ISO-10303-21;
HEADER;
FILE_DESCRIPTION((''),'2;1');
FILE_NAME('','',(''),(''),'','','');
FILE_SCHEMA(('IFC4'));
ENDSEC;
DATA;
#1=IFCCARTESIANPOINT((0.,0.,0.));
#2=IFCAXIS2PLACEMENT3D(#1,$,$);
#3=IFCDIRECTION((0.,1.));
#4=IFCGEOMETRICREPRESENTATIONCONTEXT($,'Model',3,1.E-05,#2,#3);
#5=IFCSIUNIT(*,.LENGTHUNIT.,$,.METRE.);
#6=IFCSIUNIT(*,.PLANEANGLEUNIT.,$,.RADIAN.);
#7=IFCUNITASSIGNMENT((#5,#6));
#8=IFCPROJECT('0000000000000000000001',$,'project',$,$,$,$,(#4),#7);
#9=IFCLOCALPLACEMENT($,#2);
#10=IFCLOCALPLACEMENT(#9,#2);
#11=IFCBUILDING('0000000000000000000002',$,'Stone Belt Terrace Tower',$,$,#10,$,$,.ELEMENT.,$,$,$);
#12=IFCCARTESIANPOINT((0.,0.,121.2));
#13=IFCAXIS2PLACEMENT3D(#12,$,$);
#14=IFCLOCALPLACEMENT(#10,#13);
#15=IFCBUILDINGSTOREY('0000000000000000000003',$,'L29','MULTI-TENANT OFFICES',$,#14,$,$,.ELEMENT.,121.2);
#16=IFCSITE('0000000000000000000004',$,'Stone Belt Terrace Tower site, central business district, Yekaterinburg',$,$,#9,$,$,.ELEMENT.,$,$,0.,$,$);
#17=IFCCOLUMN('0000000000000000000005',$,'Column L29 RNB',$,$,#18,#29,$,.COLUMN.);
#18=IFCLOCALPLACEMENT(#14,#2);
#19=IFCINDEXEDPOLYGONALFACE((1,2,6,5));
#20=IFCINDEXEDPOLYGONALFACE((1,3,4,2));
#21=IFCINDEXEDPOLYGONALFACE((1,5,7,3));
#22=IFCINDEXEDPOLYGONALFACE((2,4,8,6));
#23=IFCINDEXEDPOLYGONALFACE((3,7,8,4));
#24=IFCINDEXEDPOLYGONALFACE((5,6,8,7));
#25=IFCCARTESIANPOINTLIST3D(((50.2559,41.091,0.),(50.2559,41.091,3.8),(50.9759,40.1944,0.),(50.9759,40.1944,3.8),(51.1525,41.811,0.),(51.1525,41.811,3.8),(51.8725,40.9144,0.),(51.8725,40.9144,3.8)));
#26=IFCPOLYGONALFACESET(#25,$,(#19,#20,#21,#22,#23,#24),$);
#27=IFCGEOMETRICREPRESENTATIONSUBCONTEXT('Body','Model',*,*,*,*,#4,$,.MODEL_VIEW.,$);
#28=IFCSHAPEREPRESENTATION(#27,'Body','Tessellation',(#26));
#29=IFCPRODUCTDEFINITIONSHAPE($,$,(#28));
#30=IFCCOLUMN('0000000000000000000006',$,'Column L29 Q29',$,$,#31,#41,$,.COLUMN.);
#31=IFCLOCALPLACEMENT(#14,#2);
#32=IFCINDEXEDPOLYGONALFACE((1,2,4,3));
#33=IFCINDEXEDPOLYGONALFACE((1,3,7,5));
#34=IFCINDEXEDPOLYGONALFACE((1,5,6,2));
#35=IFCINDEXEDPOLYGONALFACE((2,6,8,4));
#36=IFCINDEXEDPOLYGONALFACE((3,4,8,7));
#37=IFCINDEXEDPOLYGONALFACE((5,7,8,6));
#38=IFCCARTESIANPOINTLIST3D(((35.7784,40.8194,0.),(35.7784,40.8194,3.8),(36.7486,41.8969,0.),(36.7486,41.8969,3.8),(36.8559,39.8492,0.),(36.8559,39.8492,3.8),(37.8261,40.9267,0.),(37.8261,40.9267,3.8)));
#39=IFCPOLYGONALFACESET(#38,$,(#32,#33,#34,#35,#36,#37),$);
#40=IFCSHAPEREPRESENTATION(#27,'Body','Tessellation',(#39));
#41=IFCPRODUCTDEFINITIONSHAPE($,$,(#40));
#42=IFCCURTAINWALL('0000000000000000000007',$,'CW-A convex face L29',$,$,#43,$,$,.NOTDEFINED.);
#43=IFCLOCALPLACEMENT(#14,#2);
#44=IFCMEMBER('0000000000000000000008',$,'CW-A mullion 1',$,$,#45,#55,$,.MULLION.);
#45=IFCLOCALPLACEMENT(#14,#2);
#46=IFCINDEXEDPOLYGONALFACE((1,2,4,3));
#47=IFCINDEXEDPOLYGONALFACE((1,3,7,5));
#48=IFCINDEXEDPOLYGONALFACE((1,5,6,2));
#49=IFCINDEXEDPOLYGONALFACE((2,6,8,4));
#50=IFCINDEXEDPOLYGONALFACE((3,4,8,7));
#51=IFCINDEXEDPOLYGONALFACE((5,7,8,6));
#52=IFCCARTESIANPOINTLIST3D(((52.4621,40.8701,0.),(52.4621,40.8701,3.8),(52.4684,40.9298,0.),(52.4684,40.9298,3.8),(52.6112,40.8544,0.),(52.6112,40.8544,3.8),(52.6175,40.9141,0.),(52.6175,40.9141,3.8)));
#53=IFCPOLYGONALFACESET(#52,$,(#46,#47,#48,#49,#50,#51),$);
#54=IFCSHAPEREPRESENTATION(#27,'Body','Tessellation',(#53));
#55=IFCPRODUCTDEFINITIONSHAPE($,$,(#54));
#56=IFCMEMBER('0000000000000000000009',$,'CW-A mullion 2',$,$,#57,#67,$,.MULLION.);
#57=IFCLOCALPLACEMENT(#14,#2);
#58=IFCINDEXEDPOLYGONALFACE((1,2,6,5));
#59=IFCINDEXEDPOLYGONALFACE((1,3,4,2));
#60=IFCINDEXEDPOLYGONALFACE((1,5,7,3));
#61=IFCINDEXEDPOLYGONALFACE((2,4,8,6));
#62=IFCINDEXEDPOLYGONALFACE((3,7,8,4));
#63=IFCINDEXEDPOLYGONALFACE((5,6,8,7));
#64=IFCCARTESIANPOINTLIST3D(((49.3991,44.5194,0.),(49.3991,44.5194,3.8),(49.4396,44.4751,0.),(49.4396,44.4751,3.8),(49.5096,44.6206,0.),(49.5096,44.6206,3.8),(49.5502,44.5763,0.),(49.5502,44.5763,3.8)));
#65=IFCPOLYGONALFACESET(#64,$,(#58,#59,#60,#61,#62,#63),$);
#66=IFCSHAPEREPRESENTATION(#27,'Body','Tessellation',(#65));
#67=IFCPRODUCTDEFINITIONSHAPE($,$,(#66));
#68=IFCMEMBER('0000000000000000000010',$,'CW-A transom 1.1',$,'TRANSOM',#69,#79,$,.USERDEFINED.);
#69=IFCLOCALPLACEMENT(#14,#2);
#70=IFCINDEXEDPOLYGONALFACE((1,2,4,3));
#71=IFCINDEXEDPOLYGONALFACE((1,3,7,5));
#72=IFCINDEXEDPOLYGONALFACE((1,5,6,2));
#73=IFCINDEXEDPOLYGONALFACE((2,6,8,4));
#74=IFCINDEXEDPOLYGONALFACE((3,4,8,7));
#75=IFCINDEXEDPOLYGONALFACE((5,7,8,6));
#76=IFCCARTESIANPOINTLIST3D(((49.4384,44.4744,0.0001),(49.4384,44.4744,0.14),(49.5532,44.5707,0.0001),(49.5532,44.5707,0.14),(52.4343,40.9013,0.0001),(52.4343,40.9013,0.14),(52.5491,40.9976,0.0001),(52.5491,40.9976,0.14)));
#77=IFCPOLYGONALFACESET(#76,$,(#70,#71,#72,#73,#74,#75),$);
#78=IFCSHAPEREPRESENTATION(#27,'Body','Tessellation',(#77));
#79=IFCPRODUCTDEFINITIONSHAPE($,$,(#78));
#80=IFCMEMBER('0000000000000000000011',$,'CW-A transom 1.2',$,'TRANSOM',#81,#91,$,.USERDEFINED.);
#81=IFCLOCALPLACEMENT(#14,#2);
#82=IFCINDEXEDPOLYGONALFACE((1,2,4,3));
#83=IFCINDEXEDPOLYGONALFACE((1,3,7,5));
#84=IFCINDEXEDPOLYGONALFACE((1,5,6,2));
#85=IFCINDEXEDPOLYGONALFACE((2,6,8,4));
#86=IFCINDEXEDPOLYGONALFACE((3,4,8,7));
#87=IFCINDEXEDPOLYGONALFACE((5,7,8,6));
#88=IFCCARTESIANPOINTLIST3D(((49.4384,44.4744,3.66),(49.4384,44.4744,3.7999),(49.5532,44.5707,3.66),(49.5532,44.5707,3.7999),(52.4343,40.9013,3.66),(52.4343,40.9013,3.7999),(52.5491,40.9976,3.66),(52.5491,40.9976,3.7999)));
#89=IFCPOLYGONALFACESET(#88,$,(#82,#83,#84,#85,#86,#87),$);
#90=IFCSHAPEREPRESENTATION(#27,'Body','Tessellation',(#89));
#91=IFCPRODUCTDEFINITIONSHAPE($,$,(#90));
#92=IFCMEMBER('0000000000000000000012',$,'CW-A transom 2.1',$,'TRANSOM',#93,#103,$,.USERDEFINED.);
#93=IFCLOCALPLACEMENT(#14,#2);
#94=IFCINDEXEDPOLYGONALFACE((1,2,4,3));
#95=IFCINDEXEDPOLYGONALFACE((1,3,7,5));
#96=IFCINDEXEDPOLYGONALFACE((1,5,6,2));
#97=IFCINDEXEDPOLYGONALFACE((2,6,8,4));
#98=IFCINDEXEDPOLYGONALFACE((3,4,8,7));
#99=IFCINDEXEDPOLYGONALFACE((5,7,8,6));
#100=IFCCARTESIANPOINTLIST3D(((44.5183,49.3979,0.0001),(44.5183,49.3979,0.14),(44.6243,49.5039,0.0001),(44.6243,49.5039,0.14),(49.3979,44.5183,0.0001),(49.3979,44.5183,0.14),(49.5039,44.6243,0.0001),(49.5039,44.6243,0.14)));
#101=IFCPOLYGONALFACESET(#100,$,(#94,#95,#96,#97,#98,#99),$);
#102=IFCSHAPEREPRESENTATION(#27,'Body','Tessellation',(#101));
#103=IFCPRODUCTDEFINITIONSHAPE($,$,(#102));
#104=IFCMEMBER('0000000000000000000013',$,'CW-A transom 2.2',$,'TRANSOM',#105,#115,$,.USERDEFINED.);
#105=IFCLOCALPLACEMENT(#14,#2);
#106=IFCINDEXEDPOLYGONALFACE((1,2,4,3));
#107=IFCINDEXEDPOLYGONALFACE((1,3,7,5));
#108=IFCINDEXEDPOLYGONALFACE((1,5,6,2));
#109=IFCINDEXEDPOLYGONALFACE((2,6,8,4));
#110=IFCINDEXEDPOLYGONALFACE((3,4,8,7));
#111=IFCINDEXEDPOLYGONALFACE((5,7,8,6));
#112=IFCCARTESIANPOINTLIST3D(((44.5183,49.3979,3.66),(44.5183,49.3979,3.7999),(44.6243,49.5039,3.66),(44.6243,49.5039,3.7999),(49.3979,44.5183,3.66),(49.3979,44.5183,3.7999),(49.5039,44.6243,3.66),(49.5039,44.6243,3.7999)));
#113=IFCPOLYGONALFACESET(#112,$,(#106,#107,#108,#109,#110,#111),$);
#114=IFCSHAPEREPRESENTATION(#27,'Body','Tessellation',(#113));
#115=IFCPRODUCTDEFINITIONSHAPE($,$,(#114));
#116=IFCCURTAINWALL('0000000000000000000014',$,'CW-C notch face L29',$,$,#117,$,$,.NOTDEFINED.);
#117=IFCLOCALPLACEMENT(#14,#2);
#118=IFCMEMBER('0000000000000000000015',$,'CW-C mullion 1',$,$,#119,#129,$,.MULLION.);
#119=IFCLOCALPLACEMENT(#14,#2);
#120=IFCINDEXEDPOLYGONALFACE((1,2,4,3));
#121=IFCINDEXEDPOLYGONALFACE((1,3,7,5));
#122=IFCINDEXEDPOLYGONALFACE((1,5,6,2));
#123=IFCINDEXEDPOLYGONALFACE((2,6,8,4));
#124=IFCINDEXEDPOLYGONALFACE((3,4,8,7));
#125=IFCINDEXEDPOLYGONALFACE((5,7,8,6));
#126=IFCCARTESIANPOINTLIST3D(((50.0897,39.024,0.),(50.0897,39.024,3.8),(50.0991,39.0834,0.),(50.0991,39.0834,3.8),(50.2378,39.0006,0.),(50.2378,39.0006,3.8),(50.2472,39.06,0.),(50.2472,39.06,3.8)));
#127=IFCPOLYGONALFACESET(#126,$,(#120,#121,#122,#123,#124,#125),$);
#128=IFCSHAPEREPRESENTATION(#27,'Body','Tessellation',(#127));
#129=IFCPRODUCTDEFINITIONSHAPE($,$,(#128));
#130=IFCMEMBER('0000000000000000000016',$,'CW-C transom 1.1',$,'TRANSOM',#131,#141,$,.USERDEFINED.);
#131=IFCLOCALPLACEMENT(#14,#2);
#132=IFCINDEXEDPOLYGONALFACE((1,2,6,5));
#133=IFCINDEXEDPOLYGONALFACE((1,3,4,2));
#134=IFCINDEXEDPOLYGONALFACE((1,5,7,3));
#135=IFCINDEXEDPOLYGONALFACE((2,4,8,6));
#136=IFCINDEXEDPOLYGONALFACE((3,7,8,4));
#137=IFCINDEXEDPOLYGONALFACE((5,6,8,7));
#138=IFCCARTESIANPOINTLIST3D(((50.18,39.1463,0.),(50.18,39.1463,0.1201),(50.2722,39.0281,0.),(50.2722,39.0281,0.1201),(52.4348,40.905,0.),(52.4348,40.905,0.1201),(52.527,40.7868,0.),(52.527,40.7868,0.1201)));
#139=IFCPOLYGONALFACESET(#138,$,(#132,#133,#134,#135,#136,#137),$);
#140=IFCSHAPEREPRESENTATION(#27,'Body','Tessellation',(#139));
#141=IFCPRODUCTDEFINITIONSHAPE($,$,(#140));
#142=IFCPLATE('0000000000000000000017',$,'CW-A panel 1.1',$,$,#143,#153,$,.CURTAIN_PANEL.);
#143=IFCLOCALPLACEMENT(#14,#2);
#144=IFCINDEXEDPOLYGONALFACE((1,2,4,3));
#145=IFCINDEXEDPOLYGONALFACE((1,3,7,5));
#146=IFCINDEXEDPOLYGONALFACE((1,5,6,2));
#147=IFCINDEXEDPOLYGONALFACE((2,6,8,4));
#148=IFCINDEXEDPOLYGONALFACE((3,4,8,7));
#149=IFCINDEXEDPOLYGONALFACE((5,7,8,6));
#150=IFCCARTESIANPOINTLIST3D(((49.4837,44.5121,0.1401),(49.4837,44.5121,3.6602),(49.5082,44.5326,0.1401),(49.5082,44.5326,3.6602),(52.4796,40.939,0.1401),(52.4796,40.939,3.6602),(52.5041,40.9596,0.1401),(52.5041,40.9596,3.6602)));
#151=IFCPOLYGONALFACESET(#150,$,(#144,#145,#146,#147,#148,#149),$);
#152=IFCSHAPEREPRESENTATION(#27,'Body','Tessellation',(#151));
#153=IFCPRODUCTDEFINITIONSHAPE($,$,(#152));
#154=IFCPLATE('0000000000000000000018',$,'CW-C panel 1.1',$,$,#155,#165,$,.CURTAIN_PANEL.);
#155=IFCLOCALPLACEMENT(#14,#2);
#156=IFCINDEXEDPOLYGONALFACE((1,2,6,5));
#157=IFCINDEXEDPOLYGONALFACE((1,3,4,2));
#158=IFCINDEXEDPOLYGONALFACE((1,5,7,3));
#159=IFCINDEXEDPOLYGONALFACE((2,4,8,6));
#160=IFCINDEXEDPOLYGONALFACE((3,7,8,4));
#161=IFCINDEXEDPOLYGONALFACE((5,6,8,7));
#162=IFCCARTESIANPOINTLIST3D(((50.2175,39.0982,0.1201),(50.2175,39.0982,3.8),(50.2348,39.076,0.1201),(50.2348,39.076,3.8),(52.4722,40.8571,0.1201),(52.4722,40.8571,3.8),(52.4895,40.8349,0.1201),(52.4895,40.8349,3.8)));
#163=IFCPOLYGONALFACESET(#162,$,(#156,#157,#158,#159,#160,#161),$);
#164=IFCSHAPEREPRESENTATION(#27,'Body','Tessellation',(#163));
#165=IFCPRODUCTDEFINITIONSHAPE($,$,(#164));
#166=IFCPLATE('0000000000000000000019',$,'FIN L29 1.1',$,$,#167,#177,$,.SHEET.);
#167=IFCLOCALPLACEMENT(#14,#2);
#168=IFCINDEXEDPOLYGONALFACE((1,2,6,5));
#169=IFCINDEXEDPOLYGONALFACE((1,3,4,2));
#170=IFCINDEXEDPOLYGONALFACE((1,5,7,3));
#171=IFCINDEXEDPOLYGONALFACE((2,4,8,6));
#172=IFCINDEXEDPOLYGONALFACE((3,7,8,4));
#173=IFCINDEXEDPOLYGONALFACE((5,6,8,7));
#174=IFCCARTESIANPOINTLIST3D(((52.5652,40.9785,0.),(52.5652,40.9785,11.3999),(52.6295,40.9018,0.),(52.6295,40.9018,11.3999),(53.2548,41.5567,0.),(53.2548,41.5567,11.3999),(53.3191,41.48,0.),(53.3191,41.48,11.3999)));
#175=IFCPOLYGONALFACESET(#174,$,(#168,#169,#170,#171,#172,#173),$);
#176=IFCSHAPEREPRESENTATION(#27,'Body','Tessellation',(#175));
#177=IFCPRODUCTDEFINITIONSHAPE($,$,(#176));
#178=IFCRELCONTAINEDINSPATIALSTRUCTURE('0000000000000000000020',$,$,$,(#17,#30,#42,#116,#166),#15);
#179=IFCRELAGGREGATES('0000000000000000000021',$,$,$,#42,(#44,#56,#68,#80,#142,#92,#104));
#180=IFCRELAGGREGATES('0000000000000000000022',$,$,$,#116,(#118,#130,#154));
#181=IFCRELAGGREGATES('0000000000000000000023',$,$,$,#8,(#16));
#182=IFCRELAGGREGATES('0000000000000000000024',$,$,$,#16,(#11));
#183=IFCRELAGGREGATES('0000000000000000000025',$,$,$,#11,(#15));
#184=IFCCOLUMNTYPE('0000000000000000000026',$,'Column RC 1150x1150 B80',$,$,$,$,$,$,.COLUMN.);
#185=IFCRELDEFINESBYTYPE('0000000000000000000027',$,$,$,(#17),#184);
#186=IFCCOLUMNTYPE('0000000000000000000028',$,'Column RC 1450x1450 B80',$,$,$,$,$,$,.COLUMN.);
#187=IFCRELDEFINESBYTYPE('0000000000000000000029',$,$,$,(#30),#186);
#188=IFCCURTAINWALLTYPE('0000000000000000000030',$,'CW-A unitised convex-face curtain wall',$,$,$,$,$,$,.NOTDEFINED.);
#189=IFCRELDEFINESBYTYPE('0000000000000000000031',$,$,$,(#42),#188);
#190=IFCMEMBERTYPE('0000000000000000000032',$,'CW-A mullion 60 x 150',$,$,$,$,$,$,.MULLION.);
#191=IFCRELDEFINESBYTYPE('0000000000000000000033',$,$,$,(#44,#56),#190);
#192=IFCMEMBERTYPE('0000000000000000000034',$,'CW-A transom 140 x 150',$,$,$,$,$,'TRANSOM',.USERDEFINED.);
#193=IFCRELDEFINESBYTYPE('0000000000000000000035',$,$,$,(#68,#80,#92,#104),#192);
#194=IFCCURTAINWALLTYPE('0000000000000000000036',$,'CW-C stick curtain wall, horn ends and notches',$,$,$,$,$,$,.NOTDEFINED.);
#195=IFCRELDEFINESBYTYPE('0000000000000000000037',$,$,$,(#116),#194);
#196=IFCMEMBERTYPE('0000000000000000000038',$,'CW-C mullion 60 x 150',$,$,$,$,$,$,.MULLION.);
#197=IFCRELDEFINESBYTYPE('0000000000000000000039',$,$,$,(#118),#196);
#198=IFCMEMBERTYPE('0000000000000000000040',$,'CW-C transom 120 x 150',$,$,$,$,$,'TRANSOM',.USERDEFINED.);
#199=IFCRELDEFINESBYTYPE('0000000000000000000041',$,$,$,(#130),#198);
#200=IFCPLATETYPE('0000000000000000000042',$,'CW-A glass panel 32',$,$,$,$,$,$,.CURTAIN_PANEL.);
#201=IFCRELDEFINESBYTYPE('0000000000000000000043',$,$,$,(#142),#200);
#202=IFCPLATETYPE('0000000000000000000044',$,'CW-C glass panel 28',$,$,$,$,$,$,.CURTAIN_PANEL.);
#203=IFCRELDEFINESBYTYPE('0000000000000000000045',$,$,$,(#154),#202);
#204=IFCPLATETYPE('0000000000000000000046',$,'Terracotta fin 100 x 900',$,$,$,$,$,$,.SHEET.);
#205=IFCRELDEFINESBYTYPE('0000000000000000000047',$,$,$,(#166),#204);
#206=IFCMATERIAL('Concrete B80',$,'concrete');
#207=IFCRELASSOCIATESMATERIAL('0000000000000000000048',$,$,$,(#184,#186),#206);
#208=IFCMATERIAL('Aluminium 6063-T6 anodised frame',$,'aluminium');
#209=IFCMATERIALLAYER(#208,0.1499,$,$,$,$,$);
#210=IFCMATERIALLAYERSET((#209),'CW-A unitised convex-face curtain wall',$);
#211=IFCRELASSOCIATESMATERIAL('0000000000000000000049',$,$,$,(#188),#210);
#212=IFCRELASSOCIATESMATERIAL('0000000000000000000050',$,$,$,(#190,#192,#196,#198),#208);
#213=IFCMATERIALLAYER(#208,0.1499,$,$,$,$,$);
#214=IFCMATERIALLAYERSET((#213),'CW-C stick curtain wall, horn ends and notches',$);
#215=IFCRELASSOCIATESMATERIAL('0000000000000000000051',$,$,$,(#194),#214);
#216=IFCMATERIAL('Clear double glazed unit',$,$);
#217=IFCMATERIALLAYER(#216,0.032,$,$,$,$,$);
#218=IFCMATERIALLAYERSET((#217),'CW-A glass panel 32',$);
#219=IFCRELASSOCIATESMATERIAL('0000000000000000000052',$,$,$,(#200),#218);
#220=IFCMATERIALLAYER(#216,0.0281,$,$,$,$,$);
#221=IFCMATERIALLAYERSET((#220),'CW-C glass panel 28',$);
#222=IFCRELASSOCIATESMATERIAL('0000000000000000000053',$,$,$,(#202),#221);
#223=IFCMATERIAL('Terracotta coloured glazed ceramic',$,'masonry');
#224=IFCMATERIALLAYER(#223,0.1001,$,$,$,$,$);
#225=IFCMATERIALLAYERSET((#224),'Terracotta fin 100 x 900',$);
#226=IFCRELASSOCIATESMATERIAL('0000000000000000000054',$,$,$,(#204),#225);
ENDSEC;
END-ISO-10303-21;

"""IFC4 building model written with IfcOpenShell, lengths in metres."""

from ifc_helpers import new_model, si_unit, direction, frame, origin, origin_2d, place, context, subcontext, project, spatial, rectangle, extrude, material, layer, layer_set, material_profile, profile_set, type_object, element, aggregate, save


model = new_model("IFC4")

# Units and contexts
model_context = context("Model", 3, precision=1e-05, world=origin(), true_north=direction((0.0, 1.0)))
body_context = subcontext(model_context, "Body", "Model", "MODEL_VIEW")
ifc_project = project(units=[si_unit("LENGTHUNIT", "METRE"), si_unit("PLANEANGLEUNIT", "RADIAN")], contexts=[model_context])

# Site, building, storey
site_placement = place(None, origin())
site = spatial("IfcSite", under=ifc_project, at=site_placement, Name="Stone Belt Terrace Tower site, central business district, Yekaterinburg", CompositionType="ELEMENT", RefElevation=0.0)
building_placement = place(site_placement, origin())
building = spatial("IfcBuilding", under=site, at=building_placement, Name="Stone Belt Terrace Tower", CompositionType="ELEMENT")
storey_placement = place(building_placement, frame((0.0, 0.0, 121.2)))
storey = spatial("IfcBuildingStorey", under=building, at=storey_placement, Name="L29", Description="MULTI-TENANT OFFICES", CompositionType="ELEMENT", Elevation=121.2)

# Columns
ifc_material_1 = material(Name="Concrete B80", Category="concrete")
ifc_material_profile_1 = material_profile(ifc_material_1, rectangle(XDim=1.1499, YDim=1.1499, at=origin_2d()), Name="RC 1150x1150")
ifc_profile_set_1 = profile_set([ifc_material_profile_1], Name="Concrete B80")
column_type_1 = type_object("IfcColumnType", Name="Column RC 1150x1150 B80", PredefinedType="COLUMN", material=ifc_profile_set_1)
column_1_placement = place(storey_placement, frame((51.0642, 41.0027, 0.0), z_axis=(0.0, 0.0, 1.0), x_axis=(0.626104, -0.779739, 0.0)))
element("IfcColumn", 1, at=column_1_placement, inside=storey, type_object=column_type_1, Name="Column L29 RNB", PredefinedType="COLUMN", context=body_context, shape_type="SweptSolid", body=[
    extrude(rectangle(XDim=1.1499, YDim=1.1499, at=origin_2d()), origin(), (0.0, 0.0, 1.0), 3.8),
])
ifc_material_profile_2 = material_profile(ifc_material_1, rectangle(XDim=1.45, YDim=1.45, at=origin_2d()), Name="RC 1450x1450")
ifc_profile_set_2 = profile_set([ifc_material_profile_2], Name="Concrete B80")
column_type_2 = type_object("IfcColumnType", Name="Column RC 1450x1450 B80", PredefinedType="COLUMN", material=ifc_profile_set_2)
column_2_placement = place(storey_placement, frame((36.8022, 40.873, 0.0), z_axis=(0.0, 0.0, 1.0), x_axis=(0.743145, -0.669131, 0.0)))
element("IfcColumn", 2, at=column_2_placement, inside=storey, type_object=column_type_2, Name="Column L29 Q29", PredefinedType="COLUMN", context=body_context, shape_type="SweptSolid", body=[
    extrude(rectangle(XDim=1.45, YDim=1.45, at=origin_2d()), origin(), (0.0, 0.0, 1.0), 3.8),
])

# Curtain walls, members
ifc_material_2 = material(Name="Aluminium 6063-T6 anodised frame", Category="aluminium")
ifc_layer_1 = layer(ifc_material_2, 0.1499)
ifc_layer_set_1 = layer_set([ifc_layer_1], Name="CW-A unitised convex-face curtain wall")
curtain_wall_type_1 = type_object("IfcCurtainWallType", Name="CW-A unitised convex-face curtain wall", PredefinedType="NOTDEFINED", material=ifc_layer_set_1)
curtain_wall_1_placement = place(storey_placement, origin())
curtain_wall_1 = element("IfcCurtainWall", 3, at=curtain_wall_1_placement, inside=storey, type_object=curtain_wall_type_1, Name="CW-A convex face L29", PredefinedType="NOTDEFINED")
ifc_material_profile_3 = material_profile(ifc_material_2, rectangle(XDim=0.1499, YDim=0.0601, at=origin_2d()), Name="Aluminium 6063-T6 60x150")
ifc_profile_set_3 = profile_set([ifc_material_profile_3], Name="Aluminium 6063-T6 anodised frame")
member_type_1 = type_object("IfcMemberType", Name="CW-A mullion 60 x 150", PredefinedType="MULLION", material=ifc_profile_set_3)
member_1_placement = place(storey_placement, frame((52.5398, 40.8921, 0.0), z_axis=(0.0, 0.0, 1.0), x_axis=(-0.994465, 0.105071, 0.0)))
member_1 = element("IfcMember", 4, at=member_1_placement, type_object=member_type_1, Name="CW-A mullion 1", PredefinedType="MULLION", context=body_context, shape_type="SweptSolid", body=[
    extrude(rectangle(XDim=0.1499, YDim=0.0601, at=origin_2d()), origin(), (0.0, 0.0, 1.0), 3.8),
])
member_2_placement = place(storey_placement, frame((49.4746, 44.5479, 0.0), z_axis=(0.0, 0.0, 1.0), x_axis=(-0.7374, -0.675456, 0.0)))
member_2 = element("IfcMember", 5, at=member_2_placement, type_object=member_type_1, Name="CW-A mullion 2", PredefinedType="MULLION", context=body_context, shape_type="SweptSolid", body=[
    extrude(rectangle(XDim=0.1499, YDim=0.0601, at=origin_2d()), origin(), (0.0, 0.0, 1.0), 3.8),
])
ifc_material_profile_4 = material_profile(ifc_material_2, rectangle(XDim=0.1499, YDim=0.1399, at=origin_2d()), Name="Aluminium 6063-T6 150x140")
ifc_profile_set_4 = profile_set([ifc_material_profile_4], Name="Aluminium 6063-T6 anodised frame")
member_type_2 = type_object("IfcMemberType", Name="CW-A transom 140 x 150", ElementType="TRANSOM", PredefinedType="USERDEFINED", material=ifc_profile_set_4)
member_3_placement = place(storey_placement, frame((52.4917, 40.9495, 0.0701), z_axis=(-0.642504, 0.766282, 0.0), x_axis=(-0.766282, -0.642504, 0.0)))
member_3 = element("IfcMember", 6, at=member_3_placement, type_object=member_type_2, Name="CW-A transom 1.1", ObjectType="TRANSOM", PredefinedType="USERDEFINED", context=body_context, shape_type="SweptSolid", body=[
    extrude(rectangle(XDim=0.1499, YDim=0.1399, at=origin_2d()), origin(), (0.0, 0.0, 1.0), 4.6628),
])
member_4_placement = place(storey_placement, frame((52.4917, 40.9495, 3.73), z_axis=(-0.642504, 0.766282, 0.0), x_axis=(-0.766282, -0.642504, 0.0)))
member_4 = element("IfcMember", 7, at=member_4_placement, type_object=member_type_2, Name="CW-A transom 1.2", ObjectType="TRANSOM", PredefinedType="USERDEFINED", context=body_context, shape_type="SweptSolid", body=[
    extrude(rectangle(XDim=0.1499, YDim=0.1399, at=origin_2d()), origin(), (0.0, 0.0, 1.0), 4.6628),
])
member_5_placement = place(storey_placement, frame((49.4509, 44.5713, 0.0701), z_axis=(-0.707107, 0.707107, 0.0), x_axis=(-0.707107, -0.707107, 0.0)))
member_5 = element("IfcMember", 8, at=member_5_placement, type_object=member_type_2, Name="CW-A transom 2.1", ObjectType="TRANSOM", PredefinedType="USERDEFINED", context=body_context, shape_type="SweptSolid", body=[
    extrude(rectangle(XDim=0.1499, YDim=0.1399, at=origin_2d()), origin(), (0.0, 0.0, 1.0), 6.9009),
])
member_6_placement = place(storey_placement, frame((49.4509, 44.5713, 3.73), z_axis=(-0.707107, 0.707107, 0.0), x_axis=(-0.707107, -0.707107, 0.0)))
member_6 = element("IfcMember", 9, at=member_6_placement, type_object=member_type_2, Name="CW-A transom 2.2", ObjectType="TRANSOM", PredefinedType="USERDEFINED", context=body_context, shape_type="SweptSolid", body=[
    extrude(rectangle(XDim=0.1499, YDim=0.1399, at=origin_2d()), origin(), (0.0, 0.0, 1.0), 6.9009),
])
ifc_layer_2 = layer(ifc_material_2, 0.1499)
ifc_layer_set_2 = layer_set([ifc_layer_2], Name="CW-C stick curtain wall, horn ends and notches")
curtain_wall_type_2 = type_object("IfcCurtainWallType", Name="CW-C stick curtain wall, horn ends and notches", PredefinedType="NOTDEFINED", material=ifc_layer_set_2)
curtain_wall_2_placement = place(storey_placement, origin())
curtain_wall_2 = element("IfcCurtainWall", 10, at=curtain_wall_2_placement, inside=storey, type_object=curtain_wall_type_2, Name="CW-C notch face L29", PredefinedType="NOTDEFINED")
ifc_material_profile_5 = material_profile(ifc_material_2, rectangle(XDim=0.1499, YDim=0.0601, at=origin_2d()), Name="Aluminium 6063-T6 60x150")
ifc_profile_set_5 = profile_set([ifc_material_profile_5], Name="Aluminium 6063-T6 anodised frame")
member_type_3 = type_object("IfcMemberType", Name="CW-C mullion 60 x 150", PredefinedType="MULLION", material=ifc_profile_set_5)
member_7_placement = place(storey_placement, frame((50.1685, 39.042, 0.0), z_axis=(0.0, 0.0, 1.0), x_axis=(-0.987742, 0.156094, 0.0)))
member_7 = element("IfcMember", 11, at=member_7_placement, type_object=member_type_3, Name="CW-C mullion 1", PredefinedType="MULLION", context=body_context, shape_type="SweptSolid", body=[
    extrude(rectangle(XDim=0.1499, YDim=0.0601, at=origin_2d()), origin(), (0.0, 0.0, 1.0), 3.8),
])
ifc_material_profile_6 = material_profile(ifc_material_2, rectangle(XDim=0.1499, YDim=0.1201, at=origin_2d()), Name="Aluminium 6063-T6 150x120")
ifc_profile_set_6 = profile_set([ifc_material_profile_6], Name="Aluminium 6063-T6 anodised frame")
member_type_4 = type_object("IfcMemberType", Name="CW-C transom 120 x 150", ElementType="TRANSOM", PredefinedType="USERDEFINED", material=ifc_profile_set_6)
member_8_placement = place(storey_placement, frame((50.2261, 39.0872, 0.0601), z_axis=(0.788506, 0.615028, 0.0), x_axis=(-0.615028, 0.788506, 0.0)))
member_8 = element("IfcMember", 12, at=member_8_placement, type_object=member_type_4, Name="CW-C transom 1.1", ObjectType="TRANSOM", PredefinedType="USERDEFINED", context=body_context, shape_type="SweptSolid", body=[
    extrude(rectangle(XDim=0.1499, YDim=0.1201, at=origin_2d()), origin(), (0.0, 0.0, 1.0), 2.8596),
])

# Plates
ifc_material_3 = material(Name="Clear double glazed unit")
ifc_layer_3 = layer(ifc_material_3, 0.032)
ifc_layer_set_3 = layer_set([ifc_layer_3], Name="CW-A glass panel 32")
plate_type_1 = type_object("IfcPlateType", Name="CW-A glass panel 32", PredefinedType="CURTAIN_PANEL", material=ifc_layer_set_3)
plate_1_placement = place(storey_placement, frame((50.9939, 42.7358, 0.1401), z_axis=(0.0, 0.0, 1.0), x_axis=(-0.642509, 0.766278, 0.0)))
plate_1 = element("IfcPlate", 13, at=plate_1_placement, type_object=plate_type_1, Name="CW-A panel 1.1", PredefinedType="CURTAIN_PANEL", context=body_context, shape_type="SweptSolid", body=[
    extrude(rectangle(XDim=4.6628, YDim=0.032, at=origin_2d()), origin(), (0.0, 0.0, 1.0), 3.52),
])
aggregate(curtain_wall_1, [member_1, member_2, member_3, member_4, plate_1, member_5, member_6])
ifc_layer_4 = layer(ifc_material_3, 0.0281)
ifc_layer_set_4 = layer_set([ifc_layer_4], Name="CW-C glass panel 28")
plate_type_2 = type_object("IfcPlateType", Name="CW-C glass panel 28", PredefinedType="CURTAIN_PANEL", material=ifc_layer_set_4)
plate_2_placement = place(storey_placement, frame((51.3535, 39.9666, 0.1201), z_axis=(0.0, 0.0, 1.0), x_axis=(0.788458, 0.615089, 0.0)))
plate_2 = element("IfcPlate", 14, at=plate_2_placement, type_object=plate_type_2, Name="CW-C panel 1.1", PredefinedType="CURTAIN_PANEL", context=body_context, shape_type="SweptSolid", body=[
    extrude(rectangle(XDim=2.8596, YDim=0.0281, at=origin_2d()), origin(), (0.0, 0.0, 1.0), 3.6799),
])
aggregate(curtain_wall_2, [member_7, member_8, plate_2])

# Plate
ifc_material_4 = material(Name="Terracotta coloured glazed ceramic", Category="masonry")
ifc_layer_5 = layer(ifc_material_4, 0.1001)
ifc_layer_set_5 = layer_set([ifc_layer_5], Name="Terracotta fin 100 x 900")
plate_type_3 = type_object("IfcPlateType", Name="Terracotta fin 100 x 900", PredefinedType="SHEET", material=ifc_layer_set_5)
for number, where, z_axis, x_axis, name in (
    (15, (52.9421, 41.2292, 0.0), (0.0, 0.0, 1.0), (0.766278, 0.642509, 0.0), "FIN L29 1.1"),
):
    element("IfcPlate", number, at=place(storey_placement, frame(where, z_axis=z_axis, x_axis=x_axis)), inside=storey, type_object=plate_type_3, Name=name, PredefinedType="SHEET", context=body_context, shape_type="SweptSolid", body=[
        extrude(rectangle(XDim=0.8999, YDim=0.1001, at=origin_2d()), origin(), (0.0, 0.0, 1.0), 11.3999),
    ])

save(model, "model.ifc")
